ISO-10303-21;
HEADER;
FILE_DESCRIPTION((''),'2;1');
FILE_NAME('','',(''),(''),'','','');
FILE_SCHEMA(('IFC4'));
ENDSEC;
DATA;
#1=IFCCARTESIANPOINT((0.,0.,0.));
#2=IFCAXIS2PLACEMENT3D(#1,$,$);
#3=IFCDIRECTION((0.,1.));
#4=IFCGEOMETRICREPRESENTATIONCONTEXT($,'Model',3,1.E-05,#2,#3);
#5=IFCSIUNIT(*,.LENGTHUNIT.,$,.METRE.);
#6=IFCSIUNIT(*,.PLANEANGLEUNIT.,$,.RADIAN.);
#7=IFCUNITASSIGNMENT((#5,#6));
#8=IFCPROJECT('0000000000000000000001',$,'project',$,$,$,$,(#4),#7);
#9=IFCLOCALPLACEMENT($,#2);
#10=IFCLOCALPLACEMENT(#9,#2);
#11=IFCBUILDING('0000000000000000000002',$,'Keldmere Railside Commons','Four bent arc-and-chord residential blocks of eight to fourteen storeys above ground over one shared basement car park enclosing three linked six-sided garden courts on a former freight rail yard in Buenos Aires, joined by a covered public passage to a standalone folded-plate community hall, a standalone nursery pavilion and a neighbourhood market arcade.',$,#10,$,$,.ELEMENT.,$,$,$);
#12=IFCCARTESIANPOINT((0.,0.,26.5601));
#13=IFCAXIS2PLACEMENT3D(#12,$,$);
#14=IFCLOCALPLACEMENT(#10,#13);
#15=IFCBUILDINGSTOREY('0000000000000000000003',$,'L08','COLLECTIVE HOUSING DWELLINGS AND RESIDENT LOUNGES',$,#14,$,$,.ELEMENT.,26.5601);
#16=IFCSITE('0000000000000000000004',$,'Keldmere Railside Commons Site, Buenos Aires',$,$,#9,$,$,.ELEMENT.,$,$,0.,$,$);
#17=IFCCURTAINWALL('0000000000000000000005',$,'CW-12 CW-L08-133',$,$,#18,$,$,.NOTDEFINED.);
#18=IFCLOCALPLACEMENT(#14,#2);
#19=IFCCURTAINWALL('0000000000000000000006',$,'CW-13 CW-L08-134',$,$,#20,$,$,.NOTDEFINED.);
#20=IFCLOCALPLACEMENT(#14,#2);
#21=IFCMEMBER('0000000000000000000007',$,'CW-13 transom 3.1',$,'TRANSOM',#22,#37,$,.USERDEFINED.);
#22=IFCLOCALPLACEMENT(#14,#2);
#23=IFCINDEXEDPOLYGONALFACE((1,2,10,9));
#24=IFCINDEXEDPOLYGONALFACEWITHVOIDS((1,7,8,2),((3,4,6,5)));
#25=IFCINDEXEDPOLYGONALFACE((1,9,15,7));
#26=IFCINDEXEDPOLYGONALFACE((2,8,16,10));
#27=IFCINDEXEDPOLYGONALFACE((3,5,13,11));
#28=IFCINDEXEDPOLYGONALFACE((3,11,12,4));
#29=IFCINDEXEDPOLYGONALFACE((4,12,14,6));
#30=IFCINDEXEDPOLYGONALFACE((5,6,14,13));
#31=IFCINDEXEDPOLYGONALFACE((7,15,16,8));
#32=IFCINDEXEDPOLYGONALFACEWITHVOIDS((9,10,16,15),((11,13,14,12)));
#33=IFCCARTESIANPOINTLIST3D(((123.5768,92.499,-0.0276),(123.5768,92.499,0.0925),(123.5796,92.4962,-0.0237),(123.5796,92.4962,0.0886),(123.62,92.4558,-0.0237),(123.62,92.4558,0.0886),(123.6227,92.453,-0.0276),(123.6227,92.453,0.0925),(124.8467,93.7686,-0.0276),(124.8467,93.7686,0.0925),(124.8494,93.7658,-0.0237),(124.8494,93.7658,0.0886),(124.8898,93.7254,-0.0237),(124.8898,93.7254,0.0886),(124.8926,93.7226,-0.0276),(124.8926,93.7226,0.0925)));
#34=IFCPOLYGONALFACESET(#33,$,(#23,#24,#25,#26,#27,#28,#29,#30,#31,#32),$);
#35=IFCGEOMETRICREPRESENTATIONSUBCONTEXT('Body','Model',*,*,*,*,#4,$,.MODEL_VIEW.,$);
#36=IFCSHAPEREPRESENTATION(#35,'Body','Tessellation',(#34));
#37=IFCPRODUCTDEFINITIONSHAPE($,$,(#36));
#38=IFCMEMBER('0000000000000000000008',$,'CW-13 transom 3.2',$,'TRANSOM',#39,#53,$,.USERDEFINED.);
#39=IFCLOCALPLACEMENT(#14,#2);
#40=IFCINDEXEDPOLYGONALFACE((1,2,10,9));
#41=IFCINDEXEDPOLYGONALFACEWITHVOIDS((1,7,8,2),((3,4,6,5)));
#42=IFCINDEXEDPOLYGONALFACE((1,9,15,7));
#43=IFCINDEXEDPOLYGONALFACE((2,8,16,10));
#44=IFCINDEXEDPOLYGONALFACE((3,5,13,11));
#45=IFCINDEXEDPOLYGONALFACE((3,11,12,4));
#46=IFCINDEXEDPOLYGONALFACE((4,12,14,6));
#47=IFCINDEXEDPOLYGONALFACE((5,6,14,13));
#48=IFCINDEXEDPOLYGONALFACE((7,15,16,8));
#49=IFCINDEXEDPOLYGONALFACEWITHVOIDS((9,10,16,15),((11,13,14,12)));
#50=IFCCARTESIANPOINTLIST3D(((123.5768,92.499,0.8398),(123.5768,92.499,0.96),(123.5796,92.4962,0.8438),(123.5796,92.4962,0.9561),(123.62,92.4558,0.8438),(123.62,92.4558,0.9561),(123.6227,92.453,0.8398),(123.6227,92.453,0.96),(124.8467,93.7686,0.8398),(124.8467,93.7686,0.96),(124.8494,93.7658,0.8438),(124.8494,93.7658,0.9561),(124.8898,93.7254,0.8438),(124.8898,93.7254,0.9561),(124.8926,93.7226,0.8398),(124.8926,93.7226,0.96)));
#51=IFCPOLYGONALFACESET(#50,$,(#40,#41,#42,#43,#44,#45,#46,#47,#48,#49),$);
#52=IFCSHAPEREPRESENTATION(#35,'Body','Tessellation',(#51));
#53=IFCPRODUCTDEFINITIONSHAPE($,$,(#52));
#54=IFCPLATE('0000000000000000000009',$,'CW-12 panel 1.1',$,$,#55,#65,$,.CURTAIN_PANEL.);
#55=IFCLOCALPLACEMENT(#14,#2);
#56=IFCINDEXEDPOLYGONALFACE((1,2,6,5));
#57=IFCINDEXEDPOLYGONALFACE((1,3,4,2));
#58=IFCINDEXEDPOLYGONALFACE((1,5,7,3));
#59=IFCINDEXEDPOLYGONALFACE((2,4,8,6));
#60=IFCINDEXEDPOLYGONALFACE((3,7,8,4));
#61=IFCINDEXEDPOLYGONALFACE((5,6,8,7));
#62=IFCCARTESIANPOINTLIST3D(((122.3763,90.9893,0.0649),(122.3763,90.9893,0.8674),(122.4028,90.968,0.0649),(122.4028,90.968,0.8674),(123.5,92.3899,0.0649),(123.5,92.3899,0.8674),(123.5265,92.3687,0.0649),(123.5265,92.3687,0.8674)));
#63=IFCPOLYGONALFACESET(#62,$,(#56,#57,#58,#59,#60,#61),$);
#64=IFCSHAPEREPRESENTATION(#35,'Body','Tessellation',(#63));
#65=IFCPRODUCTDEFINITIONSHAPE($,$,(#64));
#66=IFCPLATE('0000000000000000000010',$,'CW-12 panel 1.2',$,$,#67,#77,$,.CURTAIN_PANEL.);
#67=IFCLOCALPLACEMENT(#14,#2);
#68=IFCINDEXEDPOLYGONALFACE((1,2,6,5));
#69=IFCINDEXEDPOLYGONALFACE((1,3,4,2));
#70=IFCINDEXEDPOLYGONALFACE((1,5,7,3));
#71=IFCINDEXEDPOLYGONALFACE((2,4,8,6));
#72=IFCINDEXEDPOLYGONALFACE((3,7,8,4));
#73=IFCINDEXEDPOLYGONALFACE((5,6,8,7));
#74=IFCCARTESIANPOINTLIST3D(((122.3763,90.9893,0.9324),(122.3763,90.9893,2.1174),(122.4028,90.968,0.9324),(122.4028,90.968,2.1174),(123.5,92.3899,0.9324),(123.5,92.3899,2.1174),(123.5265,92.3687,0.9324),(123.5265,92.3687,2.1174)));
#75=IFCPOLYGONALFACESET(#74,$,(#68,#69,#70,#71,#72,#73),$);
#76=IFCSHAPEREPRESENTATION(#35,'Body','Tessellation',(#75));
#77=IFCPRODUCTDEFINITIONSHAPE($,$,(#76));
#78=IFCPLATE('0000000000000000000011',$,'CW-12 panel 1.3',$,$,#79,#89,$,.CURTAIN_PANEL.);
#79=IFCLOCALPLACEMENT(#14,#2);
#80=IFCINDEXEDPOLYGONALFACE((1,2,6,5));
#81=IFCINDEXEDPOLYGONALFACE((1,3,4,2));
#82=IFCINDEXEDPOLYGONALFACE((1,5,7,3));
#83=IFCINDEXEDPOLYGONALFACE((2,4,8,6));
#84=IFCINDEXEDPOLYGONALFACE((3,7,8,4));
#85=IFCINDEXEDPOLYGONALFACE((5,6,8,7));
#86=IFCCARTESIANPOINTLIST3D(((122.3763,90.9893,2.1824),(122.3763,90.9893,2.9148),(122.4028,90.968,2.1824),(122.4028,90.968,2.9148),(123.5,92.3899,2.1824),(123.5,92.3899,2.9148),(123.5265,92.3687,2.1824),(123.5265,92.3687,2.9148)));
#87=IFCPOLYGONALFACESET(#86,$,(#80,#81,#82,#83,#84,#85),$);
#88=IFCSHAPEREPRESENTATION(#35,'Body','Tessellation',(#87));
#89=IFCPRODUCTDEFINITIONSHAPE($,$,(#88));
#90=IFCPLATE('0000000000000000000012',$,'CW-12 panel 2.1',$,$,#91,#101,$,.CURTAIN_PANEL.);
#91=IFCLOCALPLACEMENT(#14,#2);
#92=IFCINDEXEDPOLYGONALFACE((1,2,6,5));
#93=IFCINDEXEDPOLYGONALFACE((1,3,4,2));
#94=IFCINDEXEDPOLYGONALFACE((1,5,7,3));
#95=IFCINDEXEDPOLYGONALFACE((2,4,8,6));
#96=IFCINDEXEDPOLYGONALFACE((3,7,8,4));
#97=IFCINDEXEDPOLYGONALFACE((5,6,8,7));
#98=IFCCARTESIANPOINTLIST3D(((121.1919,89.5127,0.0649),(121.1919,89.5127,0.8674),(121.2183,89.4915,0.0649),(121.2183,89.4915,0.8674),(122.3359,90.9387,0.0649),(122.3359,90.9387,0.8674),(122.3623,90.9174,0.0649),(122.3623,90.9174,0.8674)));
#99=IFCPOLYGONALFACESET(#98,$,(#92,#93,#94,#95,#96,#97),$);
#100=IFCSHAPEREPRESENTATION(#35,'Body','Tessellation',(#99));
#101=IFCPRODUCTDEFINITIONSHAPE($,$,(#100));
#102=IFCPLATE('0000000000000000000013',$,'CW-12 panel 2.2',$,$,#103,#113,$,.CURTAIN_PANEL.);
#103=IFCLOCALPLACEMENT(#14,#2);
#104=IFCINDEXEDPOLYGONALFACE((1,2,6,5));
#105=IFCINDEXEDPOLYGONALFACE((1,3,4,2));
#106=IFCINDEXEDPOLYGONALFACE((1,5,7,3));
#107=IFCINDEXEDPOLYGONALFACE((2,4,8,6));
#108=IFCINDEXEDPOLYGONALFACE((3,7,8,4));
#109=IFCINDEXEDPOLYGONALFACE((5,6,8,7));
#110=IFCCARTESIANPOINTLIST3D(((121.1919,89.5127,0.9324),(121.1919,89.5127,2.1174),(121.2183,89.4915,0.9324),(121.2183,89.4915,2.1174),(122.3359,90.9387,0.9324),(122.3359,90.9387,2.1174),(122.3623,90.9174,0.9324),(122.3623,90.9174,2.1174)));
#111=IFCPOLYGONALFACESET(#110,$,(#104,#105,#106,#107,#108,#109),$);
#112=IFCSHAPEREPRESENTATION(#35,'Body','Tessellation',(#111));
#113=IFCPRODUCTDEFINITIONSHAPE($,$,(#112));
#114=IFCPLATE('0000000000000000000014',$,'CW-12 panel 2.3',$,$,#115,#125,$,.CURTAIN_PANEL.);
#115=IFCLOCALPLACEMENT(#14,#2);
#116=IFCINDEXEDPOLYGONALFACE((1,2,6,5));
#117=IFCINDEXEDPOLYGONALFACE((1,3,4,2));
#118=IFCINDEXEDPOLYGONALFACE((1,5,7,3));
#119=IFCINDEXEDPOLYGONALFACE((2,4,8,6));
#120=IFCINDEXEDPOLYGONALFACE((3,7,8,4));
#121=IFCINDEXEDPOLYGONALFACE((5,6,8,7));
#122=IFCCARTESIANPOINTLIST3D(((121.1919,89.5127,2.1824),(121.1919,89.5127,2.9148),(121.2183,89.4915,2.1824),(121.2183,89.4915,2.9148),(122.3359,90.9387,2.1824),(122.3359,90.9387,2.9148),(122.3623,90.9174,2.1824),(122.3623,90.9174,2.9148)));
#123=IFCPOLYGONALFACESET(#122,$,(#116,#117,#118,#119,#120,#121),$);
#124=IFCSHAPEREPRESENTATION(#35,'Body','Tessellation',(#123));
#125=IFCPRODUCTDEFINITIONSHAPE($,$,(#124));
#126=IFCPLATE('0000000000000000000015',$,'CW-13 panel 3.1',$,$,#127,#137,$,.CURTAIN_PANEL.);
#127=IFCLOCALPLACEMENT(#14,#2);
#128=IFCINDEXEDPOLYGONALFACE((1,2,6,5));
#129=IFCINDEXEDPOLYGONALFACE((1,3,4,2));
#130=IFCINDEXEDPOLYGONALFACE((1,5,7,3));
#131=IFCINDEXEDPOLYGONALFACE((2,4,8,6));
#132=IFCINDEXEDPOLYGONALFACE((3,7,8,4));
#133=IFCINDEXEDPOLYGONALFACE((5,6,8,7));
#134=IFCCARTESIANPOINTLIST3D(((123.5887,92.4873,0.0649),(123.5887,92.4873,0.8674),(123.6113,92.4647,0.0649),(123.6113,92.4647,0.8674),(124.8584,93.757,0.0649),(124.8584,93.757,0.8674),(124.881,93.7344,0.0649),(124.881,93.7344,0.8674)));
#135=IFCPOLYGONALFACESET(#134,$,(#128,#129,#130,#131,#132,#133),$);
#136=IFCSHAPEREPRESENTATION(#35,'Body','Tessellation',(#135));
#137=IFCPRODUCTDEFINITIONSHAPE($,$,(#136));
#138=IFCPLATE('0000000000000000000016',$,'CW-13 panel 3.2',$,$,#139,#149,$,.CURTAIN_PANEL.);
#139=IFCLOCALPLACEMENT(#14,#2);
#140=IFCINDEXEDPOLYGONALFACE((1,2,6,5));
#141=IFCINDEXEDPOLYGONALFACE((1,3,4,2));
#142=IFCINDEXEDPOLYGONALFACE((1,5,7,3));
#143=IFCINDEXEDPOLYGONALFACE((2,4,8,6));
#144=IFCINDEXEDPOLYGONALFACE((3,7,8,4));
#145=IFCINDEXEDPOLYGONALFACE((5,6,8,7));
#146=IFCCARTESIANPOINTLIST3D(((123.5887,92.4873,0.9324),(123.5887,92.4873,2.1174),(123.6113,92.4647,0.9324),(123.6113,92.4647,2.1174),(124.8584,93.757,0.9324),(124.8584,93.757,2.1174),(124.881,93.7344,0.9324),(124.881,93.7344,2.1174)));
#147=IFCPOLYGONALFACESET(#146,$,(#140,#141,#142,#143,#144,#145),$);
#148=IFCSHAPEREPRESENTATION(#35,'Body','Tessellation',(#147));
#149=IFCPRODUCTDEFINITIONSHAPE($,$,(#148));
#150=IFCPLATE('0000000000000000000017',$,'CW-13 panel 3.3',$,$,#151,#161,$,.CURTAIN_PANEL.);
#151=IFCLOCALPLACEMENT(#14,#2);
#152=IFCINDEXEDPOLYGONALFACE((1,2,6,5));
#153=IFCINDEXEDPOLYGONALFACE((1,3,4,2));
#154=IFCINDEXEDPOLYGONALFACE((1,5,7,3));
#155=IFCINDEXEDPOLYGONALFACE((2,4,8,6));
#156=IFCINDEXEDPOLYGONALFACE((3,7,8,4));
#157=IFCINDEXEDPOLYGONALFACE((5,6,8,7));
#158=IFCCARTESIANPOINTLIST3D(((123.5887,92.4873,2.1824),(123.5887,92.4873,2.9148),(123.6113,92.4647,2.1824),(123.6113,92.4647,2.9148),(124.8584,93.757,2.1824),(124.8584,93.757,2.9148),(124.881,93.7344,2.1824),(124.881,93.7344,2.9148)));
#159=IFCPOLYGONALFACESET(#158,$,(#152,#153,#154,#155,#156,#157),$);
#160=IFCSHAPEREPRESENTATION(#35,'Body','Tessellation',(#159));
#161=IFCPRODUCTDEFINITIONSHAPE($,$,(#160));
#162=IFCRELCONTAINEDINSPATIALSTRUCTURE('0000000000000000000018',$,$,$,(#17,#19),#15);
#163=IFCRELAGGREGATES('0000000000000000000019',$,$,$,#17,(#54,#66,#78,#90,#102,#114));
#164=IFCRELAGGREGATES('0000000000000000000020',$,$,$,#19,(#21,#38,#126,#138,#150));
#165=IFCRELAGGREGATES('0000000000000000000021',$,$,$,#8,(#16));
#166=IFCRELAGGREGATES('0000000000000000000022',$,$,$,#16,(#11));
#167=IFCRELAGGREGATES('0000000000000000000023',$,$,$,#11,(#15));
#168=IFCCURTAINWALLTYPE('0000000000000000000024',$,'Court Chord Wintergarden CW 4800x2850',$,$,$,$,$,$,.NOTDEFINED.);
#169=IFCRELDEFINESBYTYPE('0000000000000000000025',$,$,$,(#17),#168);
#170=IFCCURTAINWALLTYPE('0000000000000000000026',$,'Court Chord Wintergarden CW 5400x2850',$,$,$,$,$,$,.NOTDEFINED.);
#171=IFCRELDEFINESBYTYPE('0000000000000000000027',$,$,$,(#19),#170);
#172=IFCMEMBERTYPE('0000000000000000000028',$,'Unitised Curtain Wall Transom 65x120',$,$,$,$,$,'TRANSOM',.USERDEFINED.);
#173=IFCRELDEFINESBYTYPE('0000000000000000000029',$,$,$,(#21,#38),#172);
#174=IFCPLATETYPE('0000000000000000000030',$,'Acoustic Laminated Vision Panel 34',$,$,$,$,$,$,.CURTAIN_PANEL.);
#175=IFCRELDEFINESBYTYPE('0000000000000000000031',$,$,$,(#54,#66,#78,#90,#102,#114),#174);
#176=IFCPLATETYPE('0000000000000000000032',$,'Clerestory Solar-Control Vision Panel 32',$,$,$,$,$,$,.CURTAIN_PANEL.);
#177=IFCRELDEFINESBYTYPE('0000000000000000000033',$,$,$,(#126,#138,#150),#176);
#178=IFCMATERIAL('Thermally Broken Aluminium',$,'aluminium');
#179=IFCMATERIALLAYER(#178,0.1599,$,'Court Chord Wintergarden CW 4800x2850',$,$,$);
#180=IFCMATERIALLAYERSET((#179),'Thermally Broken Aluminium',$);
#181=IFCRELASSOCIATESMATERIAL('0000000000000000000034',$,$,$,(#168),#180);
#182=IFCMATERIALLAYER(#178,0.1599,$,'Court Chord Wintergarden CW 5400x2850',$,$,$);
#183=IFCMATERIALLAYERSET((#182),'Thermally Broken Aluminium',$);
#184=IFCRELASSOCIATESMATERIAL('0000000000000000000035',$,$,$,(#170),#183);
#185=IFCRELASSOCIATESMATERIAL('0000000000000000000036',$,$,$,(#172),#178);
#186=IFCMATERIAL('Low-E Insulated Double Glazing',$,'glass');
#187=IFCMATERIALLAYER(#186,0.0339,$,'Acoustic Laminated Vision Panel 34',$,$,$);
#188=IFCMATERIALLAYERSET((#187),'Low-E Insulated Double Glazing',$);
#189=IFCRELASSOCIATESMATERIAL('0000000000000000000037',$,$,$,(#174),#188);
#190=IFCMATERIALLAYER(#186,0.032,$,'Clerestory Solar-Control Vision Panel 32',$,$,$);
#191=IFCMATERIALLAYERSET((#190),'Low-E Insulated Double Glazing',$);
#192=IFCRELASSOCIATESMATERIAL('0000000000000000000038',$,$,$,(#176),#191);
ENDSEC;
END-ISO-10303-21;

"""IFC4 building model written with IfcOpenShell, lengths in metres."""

from ifc_helpers import new_model, si_unit, direction, frame, origin, origin_2d, place, context, subcontext, project, spatial, rectangle, hollow_rectangle, extrude, material, layer, layer_set, material_profile, profile_set, type_object, element, aggregate, save


model = new_model("IFC4")

# Units and contexts
model_context = context("Model", 3, precision=1e-05, world=origin(), true_north=direction((0.0, 1.0)))
body_context = subcontext(model_context, "Body", "Model", "MODEL_VIEW")
ifc_project = project(units=[si_unit("LENGTHUNIT", "METRE"), si_unit("PLANEANGLEUNIT", "RADIAN")], contexts=[model_context])

# Site, building, storey
site_placement = place(None, origin())
site = spatial("IfcSite", under=ifc_project, at=site_placement, Name="Keldmere Railside Commons Site, Buenos Aires", CompositionType="ELEMENT", RefElevation=0.0)
building_placement = place(site_placement, origin())
building = spatial("IfcBuilding", under=site, at=building_placement, Name="Keldmere Railside Commons", Description="Four bent arc-and-chord residential blocks of eight to fourteen storeys above ground over one shared basement car park enclosing three linked six-sided garden courts on a former freight rail yard in Buenos Aires, joined by a covered public passage to a standalone folded-plate community hall, a standalone nursery pavilion and a neighbourhood market arcade.", CompositionType="ELEMENT")
storey_placement = place(building_placement, frame((0.0, 0.0, 26.5601)))
storey = spatial("IfcBuildingStorey", under=building, at=storey_placement, Name="L08", Description="COLLECTIVE HOUSING DWELLINGS AND RESIDENT LOUNGES", CompositionType="ELEMENT", Elevation=26.5601)

# Curtain wall
ifc_material_1 = material(Name="Thermally Broken Aluminium", Category="aluminium")
ifc_layer_1 = layer(ifc_material_1, 0.1599, Name="Court Chord Wintergarden CW 4800x2850")
ifc_layer_set_1 = layer_set([ifc_layer_1], Name="Thermally Broken Aluminium")
curtain_wall_type_1 = type_object("IfcCurtainWallType", Name="Court Chord Wintergarden CW 4800x2850", PredefinedType="NOTDEFINED", material=ifc_layer_set_1)
curtain_wall_1_placement = place(storey_placement, origin())
curtain_wall_1 = element("IfcCurtainWall", 1, at=curtain_wall_1_placement, inside=storey, type_object=curtain_wall_type_1, Name="CW-12 CW-L08-133", PredefinedType="NOTDEFINED")

# Curtain wall
ifc_layer_2 = layer(ifc_material_1, 0.1599, Name="Court Chord Wintergarden CW 5400x2850")
ifc_layer_set_2 = layer_set([ifc_layer_2], Name="Thermally Broken Aluminium")
curtain_wall_type_2 = type_object("IfcCurtainWallType", Name="Court Chord Wintergarden CW 5400x2850", PredefinedType="NOTDEFINED", material=ifc_layer_set_2)
curtain_wall_2_placement = place(storey_placement, origin())
curtain_wall_2 = element("IfcCurtainWall", 2, at=curtain_wall_2_placement, inside=storey, type_object=curtain_wall_type_2, Name="CW-13 CW-L08-134", PredefinedType="NOTDEFINED")

# Members
ifc_material_profile_1 = material_profile(ifc_material_1, hollow_rectangle(XDim=0.0649, YDim=0.1201, WallThickness=0.0039, at=origin_2d()), Name="ALU-TRAN-65x120")
ifc_profile_set_1 = profile_set([ifc_material_profile_1], Name="Thermally Broken Aluminium")
member_type_1 = type_object("IfcMemberType", Name="Unitised Curtain Wall Transom 65x120", ElementType="TRANSOM", PredefinedType="USERDEFINED", material=ifc_profile_set_1)
member_1_placement = place(storey_placement, frame((124.8696, 93.7456, 0.0325), z_axis=(-0.707175, -0.707039, 0.0), x_axis=(0.707039, -0.707175, 0.0)))
member_1 = element("IfcMember", 3, at=member_1_placement, type_object=member_type_1, Name="CW-13 transom 3.1", ObjectType="TRANSOM", PredefinedType="USERDEFINED", context=body_context, shape_type="SweptSolid", body=[
    extrude(hollow_rectangle(XDim=0.0649, YDim=0.1201, WallThickness=0.0039, at=origin_2d()), origin(), (0.0, 0.0, 1.0), 1.7957),
])
member_2_placement = place(storey_placement, frame((124.8696, 93.7456, 0.8999), z_axis=(-0.707175, -0.707039, 0.0), x_axis=(0.707039, -0.707175, 0.0)))
member_2 = element("IfcMember", 4, at=member_2_placement, type_object=member_type_1, Name="CW-13 transom 3.2", ObjectType="TRANSOM", PredefinedType="USERDEFINED", context=body_context, shape_type="SweptSolid", body=[
    extrude(hollow_rectangle(XDim=0.0649, YDim=0.1201, WallThickness=0.0039, at=origin_2d()), origin(), (0.0, 0.0, 1.0), 1.7957),
])

# Plates
ifc_material_2 = material(Name="Low-E Insulated Double Glazing", Category="glass")
ifc_layer_3 = layer(ifc_material_2, 0.0339, Name="Acoustic Laminated Vision Panel 34")
ifc_layer_set_3 = layer_set([ifc_layer_3], Name="Low-E Insulated Double Glazing")
plate_type_1 = type_object("IfcPlateType", Name="Acoustic Laminated Vision Panel 34", PredefinedType="CURTAIN_PANEL", material=ifc_layer_set_3)
plate_1_placement = place(storey_placement, frame((122.9514, 91.679, 0.0649), z_axis=(0.0, 0.0, 1.0), x_axis=(-0.625768, -0.780009, 0.0)))
plate_1 = element("IfcPlate", 5, at=plate_1_placement, type_object=plate_type_1, Name="CW-12 panel 1.1", PredefinedType="CURTAIN_PANEL", context=body_context, shape_type="SweptSolid", body=[
    extrude(rectangle(XDim=1.7957, YDim=0.0339, at=origin_2d()), origin(), (0.0, 0.0, 1.0), 0.8025),
])
plate_2_placement = place(storey_placement, frame((122.9514, 91.679, 0.9324), z_axis=(0.0, 0.0, 1.0), x_axis=(-0.625768, -0.780009, 0.0)))
plate_2 = element("IfcPlate", 6, at=plate_2_placement, type_object=plate_type_1, Name="CW-12 panel 1.2", PredefinedType="CURTAIN_PANEL", context=body_context, shape_type="SweptSolid", body=[
    extrude(rectangle(XDim=1.7957, YDim=0.0339, at=origin_2d()), origin(), (0.0, 0.0, 1.0), 1.1851),
])
plate_3_placement = place(storey_placement, frame((122.9514, 91.679, 2.1824), z_axis=(0.0, 0.0, 1.0), x_axis=(-0.625768, -0.780009, 0.0)))
plate_3 = element("IfcPlate", 7, at=plate_3_placement, type_object=plate_type_1, Name="CW-12 panel 1.3", PredefinedType="CURTAIN_PANEL", context=body_context, shape_type="SweptSolid", body=[
    extrude(rectangle(XDim=1.7957, YDim=0.0339, at=origin_2d()), origin(), (0.0, 0.0, 1.0), 0.7324),
])
plate_4_placement = place(storey_placement, frame((121.7771, 90.2151, 0.0649), z_axis=(0.0, 0.0, 1.0), x_axis=(-0.625768, -0.780009, 0.0)))
plate_4 = element("IfcPlate", 8, at=plate_4_placement, type_object=plate_type_1, Name="CW-12 panel 2.1", PredefinedType="CURTAIN_PANEL", context=body_context, shape_type="SweptSolid", body=[
    extrude(rectangle(XDim=1.8281, YDim=0.0339, at=origin_2d()), origin(), (0.0, 0.0, 1.0), 0.8025),
])
plate_5_placement = place(storey_placement, frame((121.7771, 90.2151, 0.9324), z_axis=(0.0, 0.0, 1.0), x_axis=(-0.625768, -0.780009, 0.0)))
plate_5 = element("IfcPlate", 9, at=plate_5_placement, type_object=plate_type_1, Name="CW-12 panel 2.2", PredefinedType="CURTAIN_PANEL", context=body_context, shape_type="SweptSolid", body=[
    extrude(rectangle(XDim=1.8281, YDim=0.0339, at=origin_2d()), origin(), (0.0, 0.0, 1.0), 1.1851),
])
plate_6_placement = place(storey_placement, frame((121.7771, 90.2151, 2.1824), z_axis=(0.0, 0.0, 1.0), x_axis=(-0.625768, -0.780009, 0.0)))
plate_6 = element("IfcPlate", 10, at=plate_6_placement, type_object=plate_type_1, Name="CW-12 panel 2.3", PredefinedType="CURTAIN_PANEL", context=body_context, shape_type="SweptSolid", body=[
    extrude(rectangle(XDim=1.8281, YDim=0.0339, at=origin_2d()), origin(), (0.0, 0.0, 1.0), 0.7324),
])
aggregate(curtain_wall_1, [plate_1, plate_2, plate_3, plate_4, plate_5, plate_6])
ifc_layer_4 = layer(ifc_material_2, 0.032, Name="Clerestory Solar-Control Vision Panel 32")
ifc_layer_set_4 = layer_set([ifc_layer_4], Name="Low-E Insulated Double Glazing")
plate_type_2 = type_object("IfcPlateType", Name="Clerestory Solar-Control Vision Panel 32", PredefinedType="CURTAIN_PANEL", material=ifc_layer_set_4)
plate_7_placement = place(storey_placement, frame((124.2349, 93.1108, 0.0649), z_axis=(0.0, 0.0, 1.0), x_axis=(-0.707107, -0.707107, 0.0)))
plate_7 = element("IfcPlate", 11, at=plate_7_placement, type_object=plate_type_2, Name="CW-13 panel 3.1", PredefinedType="CURTAIN_PANEL", context=body_context, shape_type="SweptSolid", body=[
    extrude(rectangle(XDim=1.7957, YDim=0.032, at=origin_2d()), origin(), (0.0, 0.0, 1.0), 0.8025),
])
plate_8_placement = place(storey_placement, frame((124.2349, 93.1108, 0.9324), z_axis=(0.0, 0.0, 1.0), x_axis=(-0.707107, -0.707107, 0.0)))
plate_8 = element("IfcPlate", 12, at=plate_8_placement, type_object=plate_type_2, Name="CW-13 panel 3.2", PredefinedType="CURTAIN_PANEL", context=body_context, shape_type="SweptSolid", body=[
    extrude(rectangle(XDim=1.7957, YDim=0.032, at=origin_2d()), origin(), (0.0, 0.0, 1.0), 1.1851),
])
plate_9_placement = place(storey_placement, frame((124.2349, 93.1108, 2.1824), z_axis=(0.0, 0.0, 1.0), x_axis=(-0.707107, -0.707107, 0.0)))
plate_9 = element("IfcPlate", 13, at=plate_9_placement, type_object=plate_type_2, Name="CW-13 panel 3.3", PredefinedType="CURTAIN_PANEL", context=body_context, shape_type="SweptSolid", body=[
    extrude(rectangle(XDim=1.7957, YDim=0.032, at=origin_2d()), origin(), (0.0, 0.0, 1.0), 0.7324),
])
aggregate(curtain_wall_2, [member_1, member_2, plate_7, plate_8, plate_9])

save(model, "model.ifc")
